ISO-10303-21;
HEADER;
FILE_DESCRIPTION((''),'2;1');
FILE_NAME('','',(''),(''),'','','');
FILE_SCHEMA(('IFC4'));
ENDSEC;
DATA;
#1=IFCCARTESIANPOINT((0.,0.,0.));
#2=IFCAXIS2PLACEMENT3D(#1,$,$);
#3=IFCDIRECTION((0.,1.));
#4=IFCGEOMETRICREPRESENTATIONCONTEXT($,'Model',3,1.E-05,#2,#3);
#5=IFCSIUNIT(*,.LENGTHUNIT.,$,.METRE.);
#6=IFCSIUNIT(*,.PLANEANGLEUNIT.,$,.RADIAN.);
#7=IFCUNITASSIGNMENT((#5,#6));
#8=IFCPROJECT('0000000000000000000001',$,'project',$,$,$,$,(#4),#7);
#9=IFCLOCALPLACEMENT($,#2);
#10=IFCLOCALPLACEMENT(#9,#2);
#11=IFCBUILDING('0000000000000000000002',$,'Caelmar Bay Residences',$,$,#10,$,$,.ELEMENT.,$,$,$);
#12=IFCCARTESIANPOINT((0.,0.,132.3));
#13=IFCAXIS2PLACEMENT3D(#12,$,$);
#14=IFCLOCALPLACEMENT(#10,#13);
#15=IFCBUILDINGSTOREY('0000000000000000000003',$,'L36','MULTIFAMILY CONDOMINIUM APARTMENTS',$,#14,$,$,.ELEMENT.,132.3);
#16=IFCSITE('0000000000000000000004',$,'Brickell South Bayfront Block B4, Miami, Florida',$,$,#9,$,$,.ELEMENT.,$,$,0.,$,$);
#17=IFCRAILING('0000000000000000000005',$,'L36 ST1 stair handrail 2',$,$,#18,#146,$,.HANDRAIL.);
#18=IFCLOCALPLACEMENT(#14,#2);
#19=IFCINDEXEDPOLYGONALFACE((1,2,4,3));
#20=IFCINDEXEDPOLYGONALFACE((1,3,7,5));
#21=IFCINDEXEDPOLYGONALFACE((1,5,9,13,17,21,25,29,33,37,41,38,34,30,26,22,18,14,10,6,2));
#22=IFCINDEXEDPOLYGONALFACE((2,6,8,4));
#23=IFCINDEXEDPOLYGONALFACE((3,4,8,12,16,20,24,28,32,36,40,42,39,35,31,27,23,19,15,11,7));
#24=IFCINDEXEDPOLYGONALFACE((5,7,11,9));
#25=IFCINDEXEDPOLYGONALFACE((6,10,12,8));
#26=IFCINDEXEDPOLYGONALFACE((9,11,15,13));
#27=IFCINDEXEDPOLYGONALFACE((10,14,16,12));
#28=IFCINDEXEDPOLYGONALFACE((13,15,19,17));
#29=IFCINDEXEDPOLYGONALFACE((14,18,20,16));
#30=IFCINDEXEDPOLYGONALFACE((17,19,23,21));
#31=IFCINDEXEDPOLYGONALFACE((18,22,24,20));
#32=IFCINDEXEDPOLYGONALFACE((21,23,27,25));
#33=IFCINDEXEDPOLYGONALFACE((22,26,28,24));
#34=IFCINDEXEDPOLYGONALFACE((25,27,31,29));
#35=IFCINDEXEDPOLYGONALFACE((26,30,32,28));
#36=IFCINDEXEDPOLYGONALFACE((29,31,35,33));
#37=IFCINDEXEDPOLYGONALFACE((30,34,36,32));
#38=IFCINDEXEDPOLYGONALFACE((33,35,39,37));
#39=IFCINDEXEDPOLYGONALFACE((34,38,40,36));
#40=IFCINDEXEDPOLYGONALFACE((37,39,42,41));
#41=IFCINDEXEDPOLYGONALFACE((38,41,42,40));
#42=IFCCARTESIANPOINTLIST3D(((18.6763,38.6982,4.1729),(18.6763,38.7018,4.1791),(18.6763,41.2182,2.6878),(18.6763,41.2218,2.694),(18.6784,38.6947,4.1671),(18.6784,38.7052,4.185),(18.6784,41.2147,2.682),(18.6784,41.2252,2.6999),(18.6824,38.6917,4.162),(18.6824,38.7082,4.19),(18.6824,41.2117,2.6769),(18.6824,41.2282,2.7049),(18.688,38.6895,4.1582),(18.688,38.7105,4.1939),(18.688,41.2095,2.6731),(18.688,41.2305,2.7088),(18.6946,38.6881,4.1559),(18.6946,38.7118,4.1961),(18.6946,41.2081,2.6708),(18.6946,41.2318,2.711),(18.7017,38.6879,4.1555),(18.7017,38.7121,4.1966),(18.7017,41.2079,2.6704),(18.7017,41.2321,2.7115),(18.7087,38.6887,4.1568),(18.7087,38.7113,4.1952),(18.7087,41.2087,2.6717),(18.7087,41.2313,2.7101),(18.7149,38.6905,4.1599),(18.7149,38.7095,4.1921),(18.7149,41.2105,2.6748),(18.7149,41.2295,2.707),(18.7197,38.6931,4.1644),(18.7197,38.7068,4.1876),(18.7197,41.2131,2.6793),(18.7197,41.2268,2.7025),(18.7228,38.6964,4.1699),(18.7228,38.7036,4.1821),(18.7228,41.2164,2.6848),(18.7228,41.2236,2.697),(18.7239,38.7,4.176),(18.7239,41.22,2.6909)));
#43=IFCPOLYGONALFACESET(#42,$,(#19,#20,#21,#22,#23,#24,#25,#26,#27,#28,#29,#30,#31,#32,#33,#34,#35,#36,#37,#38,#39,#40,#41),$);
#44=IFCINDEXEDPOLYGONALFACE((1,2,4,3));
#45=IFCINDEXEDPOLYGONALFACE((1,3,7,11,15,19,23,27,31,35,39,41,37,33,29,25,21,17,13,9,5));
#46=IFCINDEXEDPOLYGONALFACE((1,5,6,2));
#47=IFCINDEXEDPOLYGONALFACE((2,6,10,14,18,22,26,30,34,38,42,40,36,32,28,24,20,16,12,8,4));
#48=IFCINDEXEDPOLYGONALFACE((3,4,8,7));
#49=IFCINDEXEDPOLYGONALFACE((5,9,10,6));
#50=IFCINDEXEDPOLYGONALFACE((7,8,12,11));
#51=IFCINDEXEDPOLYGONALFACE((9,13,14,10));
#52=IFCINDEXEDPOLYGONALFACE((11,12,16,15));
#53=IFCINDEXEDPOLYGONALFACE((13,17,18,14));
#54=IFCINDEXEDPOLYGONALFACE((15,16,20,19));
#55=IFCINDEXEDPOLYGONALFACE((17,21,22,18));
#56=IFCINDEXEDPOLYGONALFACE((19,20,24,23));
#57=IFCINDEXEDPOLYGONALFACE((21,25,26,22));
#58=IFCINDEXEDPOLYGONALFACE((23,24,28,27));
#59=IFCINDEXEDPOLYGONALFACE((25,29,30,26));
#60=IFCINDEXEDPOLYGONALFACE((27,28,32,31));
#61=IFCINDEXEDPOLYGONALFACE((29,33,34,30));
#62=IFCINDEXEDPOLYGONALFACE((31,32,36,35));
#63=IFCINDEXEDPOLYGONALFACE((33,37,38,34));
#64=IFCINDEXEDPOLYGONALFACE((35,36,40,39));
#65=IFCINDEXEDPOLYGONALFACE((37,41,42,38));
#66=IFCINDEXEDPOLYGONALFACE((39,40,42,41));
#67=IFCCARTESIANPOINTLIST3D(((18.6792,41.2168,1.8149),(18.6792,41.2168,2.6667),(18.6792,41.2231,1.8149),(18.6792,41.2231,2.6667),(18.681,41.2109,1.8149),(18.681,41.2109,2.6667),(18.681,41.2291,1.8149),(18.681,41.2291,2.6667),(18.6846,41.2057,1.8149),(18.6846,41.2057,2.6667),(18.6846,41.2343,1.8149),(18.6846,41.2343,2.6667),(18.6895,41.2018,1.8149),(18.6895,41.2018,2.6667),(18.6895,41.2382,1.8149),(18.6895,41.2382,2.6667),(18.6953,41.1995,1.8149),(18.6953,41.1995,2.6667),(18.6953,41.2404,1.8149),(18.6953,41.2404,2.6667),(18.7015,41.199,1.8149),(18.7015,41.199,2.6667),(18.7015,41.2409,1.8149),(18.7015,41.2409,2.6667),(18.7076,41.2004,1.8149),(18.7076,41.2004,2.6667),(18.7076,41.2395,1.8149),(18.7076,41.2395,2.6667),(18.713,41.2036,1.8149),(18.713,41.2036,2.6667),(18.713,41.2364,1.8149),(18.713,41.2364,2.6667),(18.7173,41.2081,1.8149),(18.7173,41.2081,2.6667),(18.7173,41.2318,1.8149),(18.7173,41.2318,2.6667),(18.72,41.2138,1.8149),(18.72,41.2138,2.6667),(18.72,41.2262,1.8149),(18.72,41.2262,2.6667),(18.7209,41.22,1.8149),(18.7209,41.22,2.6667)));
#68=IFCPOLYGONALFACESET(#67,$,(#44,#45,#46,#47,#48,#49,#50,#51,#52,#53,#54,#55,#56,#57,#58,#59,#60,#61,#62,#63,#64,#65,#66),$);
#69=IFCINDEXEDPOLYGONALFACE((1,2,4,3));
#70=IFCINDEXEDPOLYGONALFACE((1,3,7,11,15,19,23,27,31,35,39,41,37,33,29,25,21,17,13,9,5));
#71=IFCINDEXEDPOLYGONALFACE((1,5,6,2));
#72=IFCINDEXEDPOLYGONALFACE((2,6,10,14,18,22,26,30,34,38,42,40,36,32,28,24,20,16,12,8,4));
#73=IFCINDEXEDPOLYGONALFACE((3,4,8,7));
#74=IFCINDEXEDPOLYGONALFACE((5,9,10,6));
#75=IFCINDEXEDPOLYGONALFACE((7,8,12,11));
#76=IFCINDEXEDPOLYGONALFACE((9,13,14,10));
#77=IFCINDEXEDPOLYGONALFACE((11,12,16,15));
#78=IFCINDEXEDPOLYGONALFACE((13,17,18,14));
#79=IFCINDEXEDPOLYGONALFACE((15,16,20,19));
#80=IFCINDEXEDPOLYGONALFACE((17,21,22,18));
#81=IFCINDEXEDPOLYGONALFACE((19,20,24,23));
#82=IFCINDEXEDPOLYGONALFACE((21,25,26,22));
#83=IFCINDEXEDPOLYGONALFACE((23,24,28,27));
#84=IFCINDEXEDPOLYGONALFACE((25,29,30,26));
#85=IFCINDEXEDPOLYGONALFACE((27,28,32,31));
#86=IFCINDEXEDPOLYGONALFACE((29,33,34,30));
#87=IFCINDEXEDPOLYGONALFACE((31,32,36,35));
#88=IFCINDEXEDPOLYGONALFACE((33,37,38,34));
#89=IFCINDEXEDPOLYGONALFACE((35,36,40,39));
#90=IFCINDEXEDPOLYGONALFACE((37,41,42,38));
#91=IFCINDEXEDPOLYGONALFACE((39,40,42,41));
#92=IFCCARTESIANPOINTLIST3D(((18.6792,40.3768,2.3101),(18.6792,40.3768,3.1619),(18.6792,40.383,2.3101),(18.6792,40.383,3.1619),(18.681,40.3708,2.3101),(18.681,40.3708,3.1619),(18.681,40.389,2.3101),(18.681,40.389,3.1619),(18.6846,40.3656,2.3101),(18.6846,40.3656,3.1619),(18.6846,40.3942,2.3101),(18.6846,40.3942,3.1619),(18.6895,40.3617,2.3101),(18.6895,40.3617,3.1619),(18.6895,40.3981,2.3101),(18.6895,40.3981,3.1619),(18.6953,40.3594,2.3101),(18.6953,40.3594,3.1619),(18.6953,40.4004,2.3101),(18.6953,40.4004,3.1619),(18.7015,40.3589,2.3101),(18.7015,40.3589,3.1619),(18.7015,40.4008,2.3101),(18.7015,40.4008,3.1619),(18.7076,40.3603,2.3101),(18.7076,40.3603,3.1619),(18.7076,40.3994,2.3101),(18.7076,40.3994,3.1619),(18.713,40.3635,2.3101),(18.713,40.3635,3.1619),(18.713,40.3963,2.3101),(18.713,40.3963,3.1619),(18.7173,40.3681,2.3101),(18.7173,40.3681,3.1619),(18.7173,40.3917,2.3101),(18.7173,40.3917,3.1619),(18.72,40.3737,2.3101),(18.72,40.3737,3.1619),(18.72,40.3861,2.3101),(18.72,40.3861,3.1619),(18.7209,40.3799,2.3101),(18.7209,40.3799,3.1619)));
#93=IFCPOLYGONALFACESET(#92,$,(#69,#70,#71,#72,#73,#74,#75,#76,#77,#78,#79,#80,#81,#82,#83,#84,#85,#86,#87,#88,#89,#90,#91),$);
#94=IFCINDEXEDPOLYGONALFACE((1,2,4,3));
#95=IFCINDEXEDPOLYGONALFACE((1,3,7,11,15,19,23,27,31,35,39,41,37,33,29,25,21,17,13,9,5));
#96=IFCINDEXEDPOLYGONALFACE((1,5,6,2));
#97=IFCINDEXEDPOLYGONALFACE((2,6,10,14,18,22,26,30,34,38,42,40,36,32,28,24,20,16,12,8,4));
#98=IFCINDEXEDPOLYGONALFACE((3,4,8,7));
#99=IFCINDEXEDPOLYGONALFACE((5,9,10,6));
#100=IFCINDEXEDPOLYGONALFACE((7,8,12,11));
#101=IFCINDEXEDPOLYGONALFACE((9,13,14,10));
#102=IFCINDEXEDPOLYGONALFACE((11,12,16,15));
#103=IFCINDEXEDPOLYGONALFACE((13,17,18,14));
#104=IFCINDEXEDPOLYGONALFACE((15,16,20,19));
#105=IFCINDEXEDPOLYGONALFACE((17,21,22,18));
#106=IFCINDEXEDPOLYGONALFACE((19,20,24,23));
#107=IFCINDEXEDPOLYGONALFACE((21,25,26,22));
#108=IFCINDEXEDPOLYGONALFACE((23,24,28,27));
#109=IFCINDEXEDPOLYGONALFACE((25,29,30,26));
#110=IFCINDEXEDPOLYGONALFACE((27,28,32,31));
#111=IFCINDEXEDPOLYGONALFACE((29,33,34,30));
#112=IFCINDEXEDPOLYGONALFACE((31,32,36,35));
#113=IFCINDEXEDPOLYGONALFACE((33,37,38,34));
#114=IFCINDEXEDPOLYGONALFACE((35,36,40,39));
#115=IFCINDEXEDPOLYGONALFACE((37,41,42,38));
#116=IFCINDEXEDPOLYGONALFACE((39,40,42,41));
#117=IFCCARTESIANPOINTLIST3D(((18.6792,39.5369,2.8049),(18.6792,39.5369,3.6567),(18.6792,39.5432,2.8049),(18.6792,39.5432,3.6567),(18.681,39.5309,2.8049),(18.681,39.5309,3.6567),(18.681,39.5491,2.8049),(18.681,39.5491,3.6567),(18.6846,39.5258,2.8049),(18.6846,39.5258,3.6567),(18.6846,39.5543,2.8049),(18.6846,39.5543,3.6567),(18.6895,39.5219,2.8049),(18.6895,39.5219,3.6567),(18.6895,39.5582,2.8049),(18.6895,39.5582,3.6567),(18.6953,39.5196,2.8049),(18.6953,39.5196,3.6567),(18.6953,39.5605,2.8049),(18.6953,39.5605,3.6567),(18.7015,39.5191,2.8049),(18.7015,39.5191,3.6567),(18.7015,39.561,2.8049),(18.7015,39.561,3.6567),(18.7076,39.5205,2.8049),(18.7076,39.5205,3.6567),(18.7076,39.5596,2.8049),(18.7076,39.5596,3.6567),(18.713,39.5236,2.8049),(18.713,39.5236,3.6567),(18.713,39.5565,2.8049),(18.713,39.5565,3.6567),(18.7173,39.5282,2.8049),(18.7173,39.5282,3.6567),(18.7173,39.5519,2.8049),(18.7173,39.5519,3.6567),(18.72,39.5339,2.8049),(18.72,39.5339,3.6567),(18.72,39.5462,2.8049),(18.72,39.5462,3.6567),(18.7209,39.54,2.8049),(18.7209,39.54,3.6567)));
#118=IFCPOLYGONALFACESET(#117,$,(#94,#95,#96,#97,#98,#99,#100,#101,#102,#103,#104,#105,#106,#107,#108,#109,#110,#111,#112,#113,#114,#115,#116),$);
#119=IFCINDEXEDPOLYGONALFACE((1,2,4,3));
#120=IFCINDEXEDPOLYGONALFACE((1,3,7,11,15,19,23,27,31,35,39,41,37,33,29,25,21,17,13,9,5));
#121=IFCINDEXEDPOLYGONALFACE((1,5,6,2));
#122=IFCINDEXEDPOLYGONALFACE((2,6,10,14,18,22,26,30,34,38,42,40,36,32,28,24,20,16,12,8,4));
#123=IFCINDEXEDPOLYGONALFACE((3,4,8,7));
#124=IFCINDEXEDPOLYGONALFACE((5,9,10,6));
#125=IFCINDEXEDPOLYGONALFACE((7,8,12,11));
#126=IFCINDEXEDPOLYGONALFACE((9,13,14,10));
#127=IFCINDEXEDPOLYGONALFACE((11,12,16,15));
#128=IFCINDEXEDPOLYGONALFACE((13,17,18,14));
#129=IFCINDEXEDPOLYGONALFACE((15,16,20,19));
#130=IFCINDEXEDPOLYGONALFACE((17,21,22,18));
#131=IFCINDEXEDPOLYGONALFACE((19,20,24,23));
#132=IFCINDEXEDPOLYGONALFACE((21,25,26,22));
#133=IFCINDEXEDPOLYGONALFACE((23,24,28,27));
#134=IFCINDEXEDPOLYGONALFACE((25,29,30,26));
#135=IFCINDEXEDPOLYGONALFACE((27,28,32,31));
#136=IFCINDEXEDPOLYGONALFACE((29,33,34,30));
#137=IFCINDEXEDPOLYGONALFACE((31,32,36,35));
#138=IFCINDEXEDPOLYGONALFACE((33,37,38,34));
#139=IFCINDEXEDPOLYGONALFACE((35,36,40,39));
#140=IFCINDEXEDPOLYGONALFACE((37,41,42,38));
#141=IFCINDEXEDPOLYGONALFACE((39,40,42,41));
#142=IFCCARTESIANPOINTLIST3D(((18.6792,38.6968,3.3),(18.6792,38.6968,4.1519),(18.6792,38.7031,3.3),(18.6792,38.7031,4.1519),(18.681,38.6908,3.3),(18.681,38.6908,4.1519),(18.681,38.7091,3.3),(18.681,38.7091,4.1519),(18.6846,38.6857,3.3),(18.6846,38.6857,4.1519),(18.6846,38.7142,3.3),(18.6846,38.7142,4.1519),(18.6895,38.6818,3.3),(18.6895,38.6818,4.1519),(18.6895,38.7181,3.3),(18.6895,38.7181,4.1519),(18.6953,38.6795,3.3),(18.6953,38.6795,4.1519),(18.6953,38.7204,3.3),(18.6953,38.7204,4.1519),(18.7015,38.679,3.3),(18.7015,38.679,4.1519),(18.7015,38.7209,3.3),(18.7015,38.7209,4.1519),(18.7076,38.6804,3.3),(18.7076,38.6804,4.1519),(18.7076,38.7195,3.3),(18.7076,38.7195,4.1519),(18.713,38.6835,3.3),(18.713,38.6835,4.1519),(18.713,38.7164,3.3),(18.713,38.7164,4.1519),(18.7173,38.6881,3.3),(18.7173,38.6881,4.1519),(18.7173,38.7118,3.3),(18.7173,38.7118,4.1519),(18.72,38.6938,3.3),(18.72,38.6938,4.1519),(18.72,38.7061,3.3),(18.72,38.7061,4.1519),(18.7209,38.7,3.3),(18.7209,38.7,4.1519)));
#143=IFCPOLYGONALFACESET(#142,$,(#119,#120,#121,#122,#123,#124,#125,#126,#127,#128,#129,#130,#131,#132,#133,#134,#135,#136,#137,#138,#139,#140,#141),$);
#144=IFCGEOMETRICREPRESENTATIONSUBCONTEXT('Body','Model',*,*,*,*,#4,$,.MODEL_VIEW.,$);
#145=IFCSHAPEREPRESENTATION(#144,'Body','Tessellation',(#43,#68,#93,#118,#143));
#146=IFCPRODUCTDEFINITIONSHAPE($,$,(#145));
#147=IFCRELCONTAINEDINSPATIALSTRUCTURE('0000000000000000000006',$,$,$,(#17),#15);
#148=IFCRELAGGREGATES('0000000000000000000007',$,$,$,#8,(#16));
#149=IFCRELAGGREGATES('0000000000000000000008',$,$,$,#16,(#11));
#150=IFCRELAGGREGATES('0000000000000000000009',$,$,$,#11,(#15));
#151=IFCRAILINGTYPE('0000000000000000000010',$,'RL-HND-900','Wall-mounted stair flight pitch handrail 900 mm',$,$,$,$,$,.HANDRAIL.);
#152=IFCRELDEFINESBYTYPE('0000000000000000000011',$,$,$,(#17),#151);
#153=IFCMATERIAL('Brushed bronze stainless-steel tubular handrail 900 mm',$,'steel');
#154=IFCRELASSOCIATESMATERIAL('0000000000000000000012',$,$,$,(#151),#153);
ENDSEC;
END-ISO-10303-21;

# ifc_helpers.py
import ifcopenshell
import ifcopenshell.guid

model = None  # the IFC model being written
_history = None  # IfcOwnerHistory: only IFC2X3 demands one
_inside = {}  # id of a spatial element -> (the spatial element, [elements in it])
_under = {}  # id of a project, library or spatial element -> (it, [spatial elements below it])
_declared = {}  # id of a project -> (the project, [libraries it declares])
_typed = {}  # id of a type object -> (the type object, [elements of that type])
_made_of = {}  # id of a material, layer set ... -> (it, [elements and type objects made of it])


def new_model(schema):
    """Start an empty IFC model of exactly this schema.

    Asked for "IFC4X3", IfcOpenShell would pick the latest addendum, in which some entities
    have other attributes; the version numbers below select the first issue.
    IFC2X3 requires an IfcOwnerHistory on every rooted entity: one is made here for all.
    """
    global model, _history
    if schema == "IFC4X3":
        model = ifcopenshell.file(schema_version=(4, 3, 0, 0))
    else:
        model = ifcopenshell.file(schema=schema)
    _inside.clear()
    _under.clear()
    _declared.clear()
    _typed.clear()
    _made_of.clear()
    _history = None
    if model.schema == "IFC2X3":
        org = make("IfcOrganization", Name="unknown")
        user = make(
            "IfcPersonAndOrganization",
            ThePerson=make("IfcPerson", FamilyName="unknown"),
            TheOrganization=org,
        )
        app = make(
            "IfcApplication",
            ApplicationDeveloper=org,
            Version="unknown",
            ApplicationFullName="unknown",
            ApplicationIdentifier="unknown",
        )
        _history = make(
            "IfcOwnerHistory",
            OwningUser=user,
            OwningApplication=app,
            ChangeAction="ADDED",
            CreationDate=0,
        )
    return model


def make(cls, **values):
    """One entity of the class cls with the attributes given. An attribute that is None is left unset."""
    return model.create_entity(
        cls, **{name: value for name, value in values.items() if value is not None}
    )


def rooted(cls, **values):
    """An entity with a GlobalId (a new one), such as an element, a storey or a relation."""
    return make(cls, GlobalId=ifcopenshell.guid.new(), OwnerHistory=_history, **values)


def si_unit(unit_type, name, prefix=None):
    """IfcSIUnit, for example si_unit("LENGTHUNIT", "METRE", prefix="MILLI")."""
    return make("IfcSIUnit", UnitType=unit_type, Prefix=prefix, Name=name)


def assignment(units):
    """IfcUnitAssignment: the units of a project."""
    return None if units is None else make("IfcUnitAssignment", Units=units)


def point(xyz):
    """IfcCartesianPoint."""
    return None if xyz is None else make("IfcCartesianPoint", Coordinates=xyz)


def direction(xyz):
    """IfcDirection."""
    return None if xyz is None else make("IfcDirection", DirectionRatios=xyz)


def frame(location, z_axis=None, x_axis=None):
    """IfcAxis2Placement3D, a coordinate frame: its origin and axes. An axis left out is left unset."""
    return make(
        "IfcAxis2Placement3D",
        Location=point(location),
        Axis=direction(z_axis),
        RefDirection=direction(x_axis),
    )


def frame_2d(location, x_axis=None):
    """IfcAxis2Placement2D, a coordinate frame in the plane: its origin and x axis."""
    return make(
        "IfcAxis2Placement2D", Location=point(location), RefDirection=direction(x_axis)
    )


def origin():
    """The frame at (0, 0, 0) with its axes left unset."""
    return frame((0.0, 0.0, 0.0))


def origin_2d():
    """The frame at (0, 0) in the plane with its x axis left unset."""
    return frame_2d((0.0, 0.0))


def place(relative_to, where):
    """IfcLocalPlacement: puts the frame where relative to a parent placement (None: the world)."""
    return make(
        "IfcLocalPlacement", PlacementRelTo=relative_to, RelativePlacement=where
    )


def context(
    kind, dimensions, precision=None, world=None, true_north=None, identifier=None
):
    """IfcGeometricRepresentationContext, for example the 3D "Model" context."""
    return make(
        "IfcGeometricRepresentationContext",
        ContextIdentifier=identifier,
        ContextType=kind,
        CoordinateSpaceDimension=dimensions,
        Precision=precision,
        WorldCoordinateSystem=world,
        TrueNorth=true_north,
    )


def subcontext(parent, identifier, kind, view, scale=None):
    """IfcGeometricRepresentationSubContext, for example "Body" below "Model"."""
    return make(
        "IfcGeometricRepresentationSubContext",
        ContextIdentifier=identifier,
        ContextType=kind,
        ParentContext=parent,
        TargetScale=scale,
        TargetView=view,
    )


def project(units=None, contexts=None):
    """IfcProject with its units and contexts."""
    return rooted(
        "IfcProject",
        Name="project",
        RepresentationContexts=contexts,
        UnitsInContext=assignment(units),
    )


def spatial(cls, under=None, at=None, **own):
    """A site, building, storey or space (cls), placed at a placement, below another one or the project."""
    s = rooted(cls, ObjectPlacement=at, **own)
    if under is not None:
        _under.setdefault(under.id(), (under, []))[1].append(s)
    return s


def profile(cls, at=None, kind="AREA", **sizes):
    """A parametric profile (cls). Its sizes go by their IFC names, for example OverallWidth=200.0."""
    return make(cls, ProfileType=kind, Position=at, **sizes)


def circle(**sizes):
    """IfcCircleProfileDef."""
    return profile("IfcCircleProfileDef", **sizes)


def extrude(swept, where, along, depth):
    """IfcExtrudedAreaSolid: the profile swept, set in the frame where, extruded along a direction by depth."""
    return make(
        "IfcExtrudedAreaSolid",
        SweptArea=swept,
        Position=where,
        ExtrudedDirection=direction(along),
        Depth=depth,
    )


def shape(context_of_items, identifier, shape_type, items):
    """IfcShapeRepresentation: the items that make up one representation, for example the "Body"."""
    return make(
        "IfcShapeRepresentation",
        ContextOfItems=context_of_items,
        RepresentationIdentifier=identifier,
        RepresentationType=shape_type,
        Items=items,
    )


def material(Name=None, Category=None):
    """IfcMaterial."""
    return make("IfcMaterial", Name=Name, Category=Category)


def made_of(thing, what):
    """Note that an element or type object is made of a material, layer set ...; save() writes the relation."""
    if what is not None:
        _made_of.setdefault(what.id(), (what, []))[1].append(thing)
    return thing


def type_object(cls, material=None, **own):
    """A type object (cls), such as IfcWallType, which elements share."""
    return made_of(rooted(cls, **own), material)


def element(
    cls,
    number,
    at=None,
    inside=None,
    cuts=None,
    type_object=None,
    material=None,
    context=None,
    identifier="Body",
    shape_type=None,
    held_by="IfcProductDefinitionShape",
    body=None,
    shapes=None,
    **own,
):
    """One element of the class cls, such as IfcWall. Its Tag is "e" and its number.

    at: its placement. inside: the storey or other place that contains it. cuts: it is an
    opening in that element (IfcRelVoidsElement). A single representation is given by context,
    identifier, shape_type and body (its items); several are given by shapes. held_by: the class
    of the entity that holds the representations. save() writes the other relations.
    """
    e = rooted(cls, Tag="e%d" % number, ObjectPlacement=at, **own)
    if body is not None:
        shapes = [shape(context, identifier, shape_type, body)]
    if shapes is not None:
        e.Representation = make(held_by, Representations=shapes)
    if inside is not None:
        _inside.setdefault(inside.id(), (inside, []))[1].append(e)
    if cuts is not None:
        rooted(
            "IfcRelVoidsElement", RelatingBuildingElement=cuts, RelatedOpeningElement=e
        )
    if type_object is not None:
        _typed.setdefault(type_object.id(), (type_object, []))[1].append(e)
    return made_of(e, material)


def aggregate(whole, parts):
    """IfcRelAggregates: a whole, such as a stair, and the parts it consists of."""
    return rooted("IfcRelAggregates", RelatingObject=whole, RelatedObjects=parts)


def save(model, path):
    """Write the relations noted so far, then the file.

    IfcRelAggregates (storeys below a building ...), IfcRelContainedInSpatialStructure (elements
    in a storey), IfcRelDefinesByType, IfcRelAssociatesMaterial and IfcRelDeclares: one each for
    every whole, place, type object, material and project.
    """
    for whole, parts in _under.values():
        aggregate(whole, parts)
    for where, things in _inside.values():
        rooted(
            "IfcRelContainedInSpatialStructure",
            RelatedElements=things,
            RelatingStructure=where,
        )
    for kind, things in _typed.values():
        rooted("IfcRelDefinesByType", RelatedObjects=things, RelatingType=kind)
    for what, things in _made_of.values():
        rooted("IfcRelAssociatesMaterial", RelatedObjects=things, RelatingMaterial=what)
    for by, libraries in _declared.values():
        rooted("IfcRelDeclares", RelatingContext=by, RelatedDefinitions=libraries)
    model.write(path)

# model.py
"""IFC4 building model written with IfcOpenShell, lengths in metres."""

from ifc_helpers import new_model, si_unit, direction, frame, origin, origin_2d, place, context, subcontext, project, spatial, circle, extrude, material, type_object, element, save


model = new_model("IFC4")

# Units and contexts
model_context = context("Model", 3, precision=1e-05, world=origin(), true_north=direction((0.0, 1.0)))
body_context = subcontext(model_context, "Body", "Model", "MODEL_VIEW")
ifc_project = project(units=[si_unit("LENGTHUNIT", "METRE"), si_unit("PLANEANGLEUNIT", "RADIAN")], contexts=[model_context])

# Site, building, storey
site_placement = place(None, origin())
site = spatial("IfcSite", under=ifc_project, at=site_placement, Name="Brickell South Bayfront Block B4, Miami, Florida", CompositionType="ELEMENT", RefElevation=0.0)
building_placement = place(site_placement, origin())
building = spatial("IfcBuilding", under=site, at=building_placement, Name="Caelmar Bay Residences", CompositionType="ELEMENT")
storey_placement = place(building_placement, frame((0.0, 0.0, 132.3)))
storey = spatial("IfcBuildingStorey", under=building, at=storey_placement, Name="L36", Description="MULTIFAMILY CONDOMINIUM APARTMENTS", CompositionType="ELEMENT", Elevation=132.3)

# Railing
ifc_material_1 = material(Name="Brushed bronze stainless-steel tubular handrail 900 mm", Category="steel")
railing_type_1 = type_object("IfcRailingType", Name="RL-HND-900", Description="Wall-mounted stair flight pitch handrail 900 mm", PredefinedType="HANDRAIL", material=ifc_material_1)
railing_1_placement = place(storey_placement, frame((18.7, 41.22, 1.8149)))
element("IfcRailing", 1, at=railing_1_placement, inside=storey, type_object=railing_type_1, Name="L36 ST1 stair handrail 2", PredefinedType="HANDRAIL", context=body_context, shape_type="SweptSolid", body=[
    extrude(circle(Radius=0.0239, at=origin_2d()), frame((0.0, 0.0, 0.876), z_axis=(0.0, -0.861524, 0.507717), x_axis=(1.0, 0.0, 0.0)), (0.0, 0.0, 1.0), 2.925),
    extrude(circle(Radius=0.021, at=origin_2d()), origin(), (0.0, 0.0, 1.0), 0.8518),
    extrude(circle(Radius=0.021, at=origin_2d()), frame((0.0, -0.8401, 0.4951)), (0.0, 0.0, 1.0), 0.8518),
    extrude(circle(Radius=0.021, at=origin_2d()), frame((0.0, -1.6799, 0.99)), (0.0, 0.0, 1.0), 0.8518),
    extrude(circle(Radius=0.021, at=origin_2d()), frame((0.0, -2.52, 1.4851)), (0.0, 0.0, 1.0), 0.8518),
])

save(model, "model.ifc")
